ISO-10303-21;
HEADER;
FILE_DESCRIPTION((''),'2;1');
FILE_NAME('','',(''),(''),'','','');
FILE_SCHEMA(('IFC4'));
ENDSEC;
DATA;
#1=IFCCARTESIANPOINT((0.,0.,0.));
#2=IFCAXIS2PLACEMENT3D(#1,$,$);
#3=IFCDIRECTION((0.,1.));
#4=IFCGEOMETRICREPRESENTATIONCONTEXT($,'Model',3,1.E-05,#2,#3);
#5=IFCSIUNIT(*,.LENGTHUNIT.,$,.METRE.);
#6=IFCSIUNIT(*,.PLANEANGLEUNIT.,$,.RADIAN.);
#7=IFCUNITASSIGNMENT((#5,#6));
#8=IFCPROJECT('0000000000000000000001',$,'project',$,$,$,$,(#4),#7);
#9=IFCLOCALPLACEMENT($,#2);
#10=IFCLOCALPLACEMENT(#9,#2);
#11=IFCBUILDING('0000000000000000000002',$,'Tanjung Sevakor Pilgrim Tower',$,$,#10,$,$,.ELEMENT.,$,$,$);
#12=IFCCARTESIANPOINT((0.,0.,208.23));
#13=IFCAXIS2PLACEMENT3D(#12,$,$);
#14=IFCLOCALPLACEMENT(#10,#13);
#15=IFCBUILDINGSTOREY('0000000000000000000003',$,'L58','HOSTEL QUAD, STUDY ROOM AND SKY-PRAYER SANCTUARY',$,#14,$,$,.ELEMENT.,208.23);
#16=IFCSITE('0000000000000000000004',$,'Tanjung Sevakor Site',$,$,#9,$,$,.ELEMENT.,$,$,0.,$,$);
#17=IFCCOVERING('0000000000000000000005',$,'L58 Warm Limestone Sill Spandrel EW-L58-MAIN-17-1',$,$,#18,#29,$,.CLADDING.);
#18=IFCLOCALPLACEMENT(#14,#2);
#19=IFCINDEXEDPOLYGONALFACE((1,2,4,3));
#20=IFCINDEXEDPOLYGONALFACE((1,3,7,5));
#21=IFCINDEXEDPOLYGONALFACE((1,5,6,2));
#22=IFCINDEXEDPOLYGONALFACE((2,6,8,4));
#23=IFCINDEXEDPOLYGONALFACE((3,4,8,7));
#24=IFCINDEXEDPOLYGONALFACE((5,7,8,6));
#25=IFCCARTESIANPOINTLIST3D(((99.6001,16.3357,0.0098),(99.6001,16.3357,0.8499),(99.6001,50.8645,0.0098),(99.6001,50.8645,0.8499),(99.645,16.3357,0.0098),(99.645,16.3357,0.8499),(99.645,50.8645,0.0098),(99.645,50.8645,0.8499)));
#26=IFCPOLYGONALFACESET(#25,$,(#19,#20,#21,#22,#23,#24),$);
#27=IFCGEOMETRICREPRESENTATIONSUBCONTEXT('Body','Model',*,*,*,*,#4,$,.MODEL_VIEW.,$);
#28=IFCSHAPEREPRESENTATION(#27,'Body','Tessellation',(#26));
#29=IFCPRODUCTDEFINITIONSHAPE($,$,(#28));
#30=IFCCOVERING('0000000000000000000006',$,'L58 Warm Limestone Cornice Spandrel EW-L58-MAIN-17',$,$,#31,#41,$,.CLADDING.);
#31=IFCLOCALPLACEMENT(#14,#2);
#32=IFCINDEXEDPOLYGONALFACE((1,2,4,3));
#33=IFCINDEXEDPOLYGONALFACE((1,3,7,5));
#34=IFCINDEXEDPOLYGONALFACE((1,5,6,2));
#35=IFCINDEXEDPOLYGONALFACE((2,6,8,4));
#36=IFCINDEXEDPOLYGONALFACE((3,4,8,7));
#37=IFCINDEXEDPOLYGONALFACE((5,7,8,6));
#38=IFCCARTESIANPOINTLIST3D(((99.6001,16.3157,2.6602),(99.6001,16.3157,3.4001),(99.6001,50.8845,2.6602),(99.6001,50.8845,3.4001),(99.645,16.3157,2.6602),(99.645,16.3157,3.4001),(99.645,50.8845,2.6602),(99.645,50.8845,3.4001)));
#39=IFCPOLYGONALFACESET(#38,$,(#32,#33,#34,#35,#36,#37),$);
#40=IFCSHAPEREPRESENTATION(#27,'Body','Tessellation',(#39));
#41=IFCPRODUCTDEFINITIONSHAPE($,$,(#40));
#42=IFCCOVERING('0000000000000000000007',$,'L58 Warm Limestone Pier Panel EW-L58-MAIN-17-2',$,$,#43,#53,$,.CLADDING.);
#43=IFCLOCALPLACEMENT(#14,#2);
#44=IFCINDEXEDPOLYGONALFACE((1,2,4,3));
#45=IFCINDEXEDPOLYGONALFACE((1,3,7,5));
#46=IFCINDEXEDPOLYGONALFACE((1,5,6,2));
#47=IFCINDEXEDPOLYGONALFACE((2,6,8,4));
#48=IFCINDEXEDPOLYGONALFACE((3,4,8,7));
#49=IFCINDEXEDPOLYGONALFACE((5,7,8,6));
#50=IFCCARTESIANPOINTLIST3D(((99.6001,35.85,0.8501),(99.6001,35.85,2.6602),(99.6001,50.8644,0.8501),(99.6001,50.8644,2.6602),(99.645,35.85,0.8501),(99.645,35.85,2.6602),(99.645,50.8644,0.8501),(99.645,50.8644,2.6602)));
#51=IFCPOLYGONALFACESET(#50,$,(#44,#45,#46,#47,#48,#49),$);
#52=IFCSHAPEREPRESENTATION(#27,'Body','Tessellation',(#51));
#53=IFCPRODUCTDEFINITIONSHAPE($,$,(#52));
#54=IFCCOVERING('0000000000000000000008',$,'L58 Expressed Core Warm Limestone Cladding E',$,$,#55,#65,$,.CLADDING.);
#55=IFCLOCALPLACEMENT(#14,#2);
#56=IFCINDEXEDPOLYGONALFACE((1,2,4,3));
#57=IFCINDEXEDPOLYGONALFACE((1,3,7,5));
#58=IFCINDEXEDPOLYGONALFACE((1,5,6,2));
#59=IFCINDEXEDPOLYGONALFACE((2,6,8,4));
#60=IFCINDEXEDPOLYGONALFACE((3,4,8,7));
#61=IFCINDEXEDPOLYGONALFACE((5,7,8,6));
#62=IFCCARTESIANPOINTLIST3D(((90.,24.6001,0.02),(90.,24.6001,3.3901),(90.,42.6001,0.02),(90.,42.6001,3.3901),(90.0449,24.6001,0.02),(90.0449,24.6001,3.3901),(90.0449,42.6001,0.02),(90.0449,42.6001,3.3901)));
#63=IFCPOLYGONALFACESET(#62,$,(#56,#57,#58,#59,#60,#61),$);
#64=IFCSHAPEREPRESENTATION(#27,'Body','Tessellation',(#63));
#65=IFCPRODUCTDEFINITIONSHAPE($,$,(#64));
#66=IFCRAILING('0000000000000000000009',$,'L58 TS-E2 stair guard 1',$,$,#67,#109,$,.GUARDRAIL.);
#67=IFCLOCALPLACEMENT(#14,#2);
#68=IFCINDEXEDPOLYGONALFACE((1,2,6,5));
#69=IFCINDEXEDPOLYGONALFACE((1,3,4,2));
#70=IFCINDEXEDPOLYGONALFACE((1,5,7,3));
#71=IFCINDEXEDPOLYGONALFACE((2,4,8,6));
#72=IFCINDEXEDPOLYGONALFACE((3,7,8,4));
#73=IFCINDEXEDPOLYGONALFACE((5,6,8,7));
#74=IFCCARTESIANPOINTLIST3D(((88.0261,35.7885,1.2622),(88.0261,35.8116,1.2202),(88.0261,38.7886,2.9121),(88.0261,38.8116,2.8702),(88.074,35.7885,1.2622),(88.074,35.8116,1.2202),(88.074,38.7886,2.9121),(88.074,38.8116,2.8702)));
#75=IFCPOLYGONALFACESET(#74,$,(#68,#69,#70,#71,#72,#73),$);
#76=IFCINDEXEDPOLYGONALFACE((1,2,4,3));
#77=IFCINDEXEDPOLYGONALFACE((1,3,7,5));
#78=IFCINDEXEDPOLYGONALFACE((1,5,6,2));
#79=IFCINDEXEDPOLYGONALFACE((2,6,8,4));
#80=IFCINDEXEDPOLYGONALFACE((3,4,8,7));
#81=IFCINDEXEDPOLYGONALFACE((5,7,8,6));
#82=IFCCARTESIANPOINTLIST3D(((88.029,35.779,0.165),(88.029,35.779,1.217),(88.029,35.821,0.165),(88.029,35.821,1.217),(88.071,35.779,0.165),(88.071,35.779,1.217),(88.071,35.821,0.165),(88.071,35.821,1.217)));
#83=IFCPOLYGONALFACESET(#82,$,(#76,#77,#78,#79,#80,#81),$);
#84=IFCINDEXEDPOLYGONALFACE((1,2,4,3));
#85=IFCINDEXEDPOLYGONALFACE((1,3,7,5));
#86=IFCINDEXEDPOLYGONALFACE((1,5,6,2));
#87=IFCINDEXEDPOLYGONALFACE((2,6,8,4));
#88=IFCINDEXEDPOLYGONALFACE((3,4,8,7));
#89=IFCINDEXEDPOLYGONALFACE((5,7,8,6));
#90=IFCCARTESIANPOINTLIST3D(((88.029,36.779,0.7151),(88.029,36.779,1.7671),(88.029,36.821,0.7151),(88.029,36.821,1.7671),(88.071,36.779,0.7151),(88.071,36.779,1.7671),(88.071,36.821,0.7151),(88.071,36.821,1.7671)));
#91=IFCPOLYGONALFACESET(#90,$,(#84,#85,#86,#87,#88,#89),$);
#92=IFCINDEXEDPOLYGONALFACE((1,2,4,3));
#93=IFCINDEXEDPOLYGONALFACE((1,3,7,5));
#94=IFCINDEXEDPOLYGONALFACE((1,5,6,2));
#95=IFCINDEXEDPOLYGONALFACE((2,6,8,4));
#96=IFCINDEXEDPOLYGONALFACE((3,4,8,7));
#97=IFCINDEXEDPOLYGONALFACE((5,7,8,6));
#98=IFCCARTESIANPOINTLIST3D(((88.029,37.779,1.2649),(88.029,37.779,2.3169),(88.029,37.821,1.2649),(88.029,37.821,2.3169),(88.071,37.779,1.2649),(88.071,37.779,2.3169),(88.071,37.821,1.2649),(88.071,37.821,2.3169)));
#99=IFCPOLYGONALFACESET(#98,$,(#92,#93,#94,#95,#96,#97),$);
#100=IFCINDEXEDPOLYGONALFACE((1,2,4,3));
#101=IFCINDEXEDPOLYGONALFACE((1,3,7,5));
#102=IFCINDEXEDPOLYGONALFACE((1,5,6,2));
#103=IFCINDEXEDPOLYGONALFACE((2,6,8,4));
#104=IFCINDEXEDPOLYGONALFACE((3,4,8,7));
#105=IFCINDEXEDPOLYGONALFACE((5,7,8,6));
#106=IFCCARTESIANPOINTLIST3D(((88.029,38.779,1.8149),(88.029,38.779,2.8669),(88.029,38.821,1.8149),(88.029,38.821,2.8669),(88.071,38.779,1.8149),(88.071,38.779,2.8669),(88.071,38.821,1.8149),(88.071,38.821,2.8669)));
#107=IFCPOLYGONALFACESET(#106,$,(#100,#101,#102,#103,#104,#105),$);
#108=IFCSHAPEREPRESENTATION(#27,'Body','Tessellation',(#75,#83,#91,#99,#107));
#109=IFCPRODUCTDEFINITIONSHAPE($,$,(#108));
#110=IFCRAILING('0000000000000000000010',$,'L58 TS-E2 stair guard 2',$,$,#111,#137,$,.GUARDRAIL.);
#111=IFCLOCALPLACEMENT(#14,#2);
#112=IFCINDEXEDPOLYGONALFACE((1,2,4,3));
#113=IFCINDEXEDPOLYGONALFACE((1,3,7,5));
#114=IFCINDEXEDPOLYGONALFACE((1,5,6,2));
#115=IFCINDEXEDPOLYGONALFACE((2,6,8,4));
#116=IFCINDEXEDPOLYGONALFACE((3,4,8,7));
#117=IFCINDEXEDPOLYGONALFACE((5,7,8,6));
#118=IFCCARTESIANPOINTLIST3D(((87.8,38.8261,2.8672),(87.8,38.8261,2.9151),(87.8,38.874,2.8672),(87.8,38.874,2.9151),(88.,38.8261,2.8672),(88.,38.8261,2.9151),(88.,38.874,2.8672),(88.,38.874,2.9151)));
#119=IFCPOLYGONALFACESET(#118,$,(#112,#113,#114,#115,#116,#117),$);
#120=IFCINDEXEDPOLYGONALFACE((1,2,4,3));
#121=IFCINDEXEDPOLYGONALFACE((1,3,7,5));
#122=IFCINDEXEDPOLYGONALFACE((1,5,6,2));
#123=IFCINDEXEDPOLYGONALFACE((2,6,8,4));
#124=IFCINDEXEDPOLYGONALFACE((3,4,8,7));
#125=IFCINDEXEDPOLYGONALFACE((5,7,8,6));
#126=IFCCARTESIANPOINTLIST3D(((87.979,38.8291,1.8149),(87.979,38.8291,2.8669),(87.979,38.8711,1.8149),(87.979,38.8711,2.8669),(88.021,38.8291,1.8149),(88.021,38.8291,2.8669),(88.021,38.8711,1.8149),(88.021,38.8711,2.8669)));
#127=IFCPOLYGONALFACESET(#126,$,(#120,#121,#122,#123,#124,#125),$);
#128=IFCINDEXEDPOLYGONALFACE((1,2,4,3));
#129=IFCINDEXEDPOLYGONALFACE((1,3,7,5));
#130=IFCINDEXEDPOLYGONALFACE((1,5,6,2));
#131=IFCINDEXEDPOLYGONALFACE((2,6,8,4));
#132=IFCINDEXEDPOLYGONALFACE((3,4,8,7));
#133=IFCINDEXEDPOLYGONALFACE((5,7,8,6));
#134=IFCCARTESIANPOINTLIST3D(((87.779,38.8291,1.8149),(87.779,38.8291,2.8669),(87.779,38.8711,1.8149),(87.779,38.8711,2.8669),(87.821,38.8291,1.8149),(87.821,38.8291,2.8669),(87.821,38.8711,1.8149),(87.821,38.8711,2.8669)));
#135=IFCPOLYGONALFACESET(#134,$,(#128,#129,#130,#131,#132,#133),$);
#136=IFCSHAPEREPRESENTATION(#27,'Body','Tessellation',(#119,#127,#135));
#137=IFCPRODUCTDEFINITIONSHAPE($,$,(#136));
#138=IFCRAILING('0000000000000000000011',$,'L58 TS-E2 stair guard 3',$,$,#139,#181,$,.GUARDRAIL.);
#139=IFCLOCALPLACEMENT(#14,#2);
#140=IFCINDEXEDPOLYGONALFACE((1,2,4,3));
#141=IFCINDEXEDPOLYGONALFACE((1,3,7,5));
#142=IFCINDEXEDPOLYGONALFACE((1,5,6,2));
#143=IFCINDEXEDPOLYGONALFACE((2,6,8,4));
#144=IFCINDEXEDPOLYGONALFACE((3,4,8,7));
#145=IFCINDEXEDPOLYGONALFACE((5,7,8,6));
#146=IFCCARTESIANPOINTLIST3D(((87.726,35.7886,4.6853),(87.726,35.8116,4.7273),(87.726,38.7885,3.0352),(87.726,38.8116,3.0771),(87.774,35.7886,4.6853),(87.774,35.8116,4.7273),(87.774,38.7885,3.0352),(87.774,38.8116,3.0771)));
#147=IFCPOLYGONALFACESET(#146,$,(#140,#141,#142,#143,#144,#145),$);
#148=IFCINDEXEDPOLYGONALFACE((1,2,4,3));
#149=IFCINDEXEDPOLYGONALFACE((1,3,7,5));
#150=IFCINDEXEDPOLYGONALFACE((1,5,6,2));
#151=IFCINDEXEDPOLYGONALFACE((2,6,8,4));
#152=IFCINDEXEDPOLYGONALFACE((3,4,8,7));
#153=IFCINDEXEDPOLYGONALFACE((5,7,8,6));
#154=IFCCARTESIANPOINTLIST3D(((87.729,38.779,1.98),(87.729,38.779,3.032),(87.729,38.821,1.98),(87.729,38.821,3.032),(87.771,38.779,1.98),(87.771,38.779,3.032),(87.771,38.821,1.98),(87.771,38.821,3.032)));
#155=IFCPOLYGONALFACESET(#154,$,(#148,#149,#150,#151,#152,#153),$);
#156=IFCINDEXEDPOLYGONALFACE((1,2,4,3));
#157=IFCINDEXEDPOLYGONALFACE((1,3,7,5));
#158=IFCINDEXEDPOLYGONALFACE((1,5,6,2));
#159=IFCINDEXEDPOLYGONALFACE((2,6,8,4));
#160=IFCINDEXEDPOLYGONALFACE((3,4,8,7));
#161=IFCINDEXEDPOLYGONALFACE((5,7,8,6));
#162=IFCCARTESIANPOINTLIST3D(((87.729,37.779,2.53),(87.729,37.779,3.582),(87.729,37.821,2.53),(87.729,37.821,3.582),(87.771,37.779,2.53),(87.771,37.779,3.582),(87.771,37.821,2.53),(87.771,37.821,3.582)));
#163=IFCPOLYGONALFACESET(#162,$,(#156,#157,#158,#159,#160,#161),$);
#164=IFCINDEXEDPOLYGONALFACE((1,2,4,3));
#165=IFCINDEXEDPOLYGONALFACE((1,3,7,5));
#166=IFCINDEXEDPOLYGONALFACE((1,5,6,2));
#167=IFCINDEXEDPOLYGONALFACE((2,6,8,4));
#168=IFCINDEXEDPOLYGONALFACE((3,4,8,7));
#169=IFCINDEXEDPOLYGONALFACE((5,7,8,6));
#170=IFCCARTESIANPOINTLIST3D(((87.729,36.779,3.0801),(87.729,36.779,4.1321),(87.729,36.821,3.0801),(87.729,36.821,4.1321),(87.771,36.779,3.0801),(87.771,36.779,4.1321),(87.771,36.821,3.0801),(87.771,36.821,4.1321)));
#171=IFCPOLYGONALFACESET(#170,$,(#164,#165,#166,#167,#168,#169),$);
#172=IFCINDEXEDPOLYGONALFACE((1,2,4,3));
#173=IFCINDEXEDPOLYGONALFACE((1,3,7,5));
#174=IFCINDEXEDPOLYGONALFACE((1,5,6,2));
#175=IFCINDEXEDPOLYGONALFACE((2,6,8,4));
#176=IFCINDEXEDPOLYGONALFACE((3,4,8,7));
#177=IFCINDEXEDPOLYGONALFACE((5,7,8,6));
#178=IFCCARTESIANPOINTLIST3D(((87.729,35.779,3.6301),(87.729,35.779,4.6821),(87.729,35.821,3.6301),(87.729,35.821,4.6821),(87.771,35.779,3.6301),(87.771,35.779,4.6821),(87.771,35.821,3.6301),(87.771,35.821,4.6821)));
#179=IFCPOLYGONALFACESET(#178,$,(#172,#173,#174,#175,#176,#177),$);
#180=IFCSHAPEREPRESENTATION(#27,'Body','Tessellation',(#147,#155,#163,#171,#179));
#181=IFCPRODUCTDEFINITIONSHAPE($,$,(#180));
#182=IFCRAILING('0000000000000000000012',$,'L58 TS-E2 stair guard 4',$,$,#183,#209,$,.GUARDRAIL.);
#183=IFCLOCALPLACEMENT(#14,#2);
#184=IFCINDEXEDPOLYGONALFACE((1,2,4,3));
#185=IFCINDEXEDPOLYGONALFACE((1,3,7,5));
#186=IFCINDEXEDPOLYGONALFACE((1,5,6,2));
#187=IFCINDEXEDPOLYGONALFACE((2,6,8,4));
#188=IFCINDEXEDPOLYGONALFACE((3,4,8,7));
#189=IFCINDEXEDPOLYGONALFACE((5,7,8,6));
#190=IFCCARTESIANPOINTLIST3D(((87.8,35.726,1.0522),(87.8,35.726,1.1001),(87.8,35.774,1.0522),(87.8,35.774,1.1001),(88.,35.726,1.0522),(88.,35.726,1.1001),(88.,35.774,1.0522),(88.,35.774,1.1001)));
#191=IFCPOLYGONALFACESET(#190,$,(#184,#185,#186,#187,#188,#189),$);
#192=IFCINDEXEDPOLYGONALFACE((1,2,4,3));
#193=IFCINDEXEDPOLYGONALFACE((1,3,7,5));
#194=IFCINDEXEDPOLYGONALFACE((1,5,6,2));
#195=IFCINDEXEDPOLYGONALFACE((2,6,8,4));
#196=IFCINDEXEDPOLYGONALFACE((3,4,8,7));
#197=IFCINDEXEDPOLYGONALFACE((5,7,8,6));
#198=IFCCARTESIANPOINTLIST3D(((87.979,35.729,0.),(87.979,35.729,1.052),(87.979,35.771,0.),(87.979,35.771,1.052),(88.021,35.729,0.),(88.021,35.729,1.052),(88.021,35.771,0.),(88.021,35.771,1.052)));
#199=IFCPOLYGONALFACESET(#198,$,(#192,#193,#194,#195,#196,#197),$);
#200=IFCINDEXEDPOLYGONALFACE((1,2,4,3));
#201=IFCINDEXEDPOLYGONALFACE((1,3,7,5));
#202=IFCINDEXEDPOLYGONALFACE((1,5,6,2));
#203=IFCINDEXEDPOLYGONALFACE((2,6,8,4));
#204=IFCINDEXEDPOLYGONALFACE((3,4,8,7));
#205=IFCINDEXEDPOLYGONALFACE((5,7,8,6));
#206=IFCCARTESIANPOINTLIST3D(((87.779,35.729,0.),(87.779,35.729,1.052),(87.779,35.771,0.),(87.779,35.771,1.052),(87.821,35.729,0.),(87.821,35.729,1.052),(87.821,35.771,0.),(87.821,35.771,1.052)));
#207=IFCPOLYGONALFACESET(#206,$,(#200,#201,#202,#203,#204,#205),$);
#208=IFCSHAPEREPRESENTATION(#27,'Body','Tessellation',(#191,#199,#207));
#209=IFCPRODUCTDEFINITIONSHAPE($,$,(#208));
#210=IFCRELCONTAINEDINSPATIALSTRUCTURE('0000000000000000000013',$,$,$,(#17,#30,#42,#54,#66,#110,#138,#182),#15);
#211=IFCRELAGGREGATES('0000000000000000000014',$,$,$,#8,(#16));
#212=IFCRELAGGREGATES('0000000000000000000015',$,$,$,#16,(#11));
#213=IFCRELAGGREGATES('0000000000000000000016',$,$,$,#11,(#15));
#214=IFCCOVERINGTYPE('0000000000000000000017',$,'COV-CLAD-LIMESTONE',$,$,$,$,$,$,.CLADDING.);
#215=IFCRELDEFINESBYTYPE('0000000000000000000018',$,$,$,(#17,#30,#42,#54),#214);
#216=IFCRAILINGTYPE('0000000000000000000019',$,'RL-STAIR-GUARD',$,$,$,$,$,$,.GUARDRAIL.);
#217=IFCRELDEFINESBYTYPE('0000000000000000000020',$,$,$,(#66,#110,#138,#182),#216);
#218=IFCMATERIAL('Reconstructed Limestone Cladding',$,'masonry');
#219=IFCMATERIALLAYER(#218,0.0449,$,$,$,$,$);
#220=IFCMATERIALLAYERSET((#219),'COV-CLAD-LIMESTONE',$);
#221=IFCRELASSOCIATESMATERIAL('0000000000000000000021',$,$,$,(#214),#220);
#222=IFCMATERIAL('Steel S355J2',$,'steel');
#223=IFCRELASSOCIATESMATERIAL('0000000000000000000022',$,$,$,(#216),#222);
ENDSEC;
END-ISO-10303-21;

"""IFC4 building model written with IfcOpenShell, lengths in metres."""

from ifc_helpers import new_model, si_unit, direction, frame, origin, origin_2d, place, context, subcontext, project, spatial, rectangle, extrude, material, layer, layer_set, type_object, element, save


model = new_model("IFC4")

# Units and contexts
model_context = context("Model", 3, precision=1e-05, world=origin(), true_north=direction((0.0, 1.0)))
body_context = subcontext(model_context, "Body", "Model", "MODEL_VIEW")
ifc_project = project(units=[si_unit("LENGTHUNIT", "METRE"), si_unit("PLANEANGLEUNIT", "RADIAN")], contexts=[model_context])

# Site, building, storey
site_placement = place(None, origin())
site = spatial("IfcSite", under=ifc_project, at=site_placement, Name="Tanjung Sevakor Site", CompositionType="ELEMENT", RefElevation=0.0)
building_placement = place(site_placement, origin())
building = spatial("IfcBuilding", under=site, at=building_placement, Name="Tanjung Sevakor Pilgrim Tower", CompositionType="ELEMENT")
storey_placement = place(building_placement, frame((0.0, 0.0, 208.23)))
storey = spatial("IfcBuildingStorey", under=building, at=storey_placement, Name="L58", Description="HOSTEL QUAD, STUDY ROOM AND SKY-PRAYER SANCTUARY", CompositionType="ELEMENT", Elevation=208.23)

# Coverings
ifc_material_1 = material(Name="Reconstructed Limestone Cladding", Category="masonry")
ifc_layer_1 = layer(ifc_material_1, 0.0449)
ifc_layer_set_1 = layer_set([ifc_layer_1], Name="COV-CLAD-LIMESTONE")
covering_type = type_object("IfcCoveringType", Name="COV-CLAD-LIMESTONE", PredefinedType="CLADDING", material=ifc_layer_set_1)
covering_1_placement = place(storey_placement, frame((99.6226, 33.6001, 0.0098), z_axis=(0.0, 0.0, 1.0), x_axis=(0.0, 1.0, 0.0)))
element("IfcCovering", 1, at=covering_1_placement, inside=storey, type_object=covering_type, Name="L58 Warm Limestone Sill Spandrel EW-L58-MAIN-17-1", PredefinedType="CLADDING", context=body_context, shape_type="SweptSolid", body=[
    extrude(rectangle(XDim=34.5288, YDim=0.0449, at=origin_2d()), origin(), (0.0, 0.0, 1.0), 0.8401),
])
covering_2_placement = place(storey_placement, frame((99.6226, 33.6001, 2.6602), z_axis=(0.0, 0.0, 1.0), x_axis=(0.0, 1.0, 0.0)))
element("IfcCovering", 2, at=covering_2_placement, inside=storey, type_object=covering_type, Name="L58 Warm Limestone Cornice Spandrel EW-L58-MAIN-17", PredefinedType="CLADDING", context=body_context, shape_type="SweptSolid", body=[
    extrude(rectangle(XDim=34.5688, YDim=0.0449, at=origin_2d()), origin(), (0.0, 0.0, 1.0), 0.74),
])
covering_3_placement = place(storey_placement, frame((99.6226, 43.3572, 0.8501), z_axis=(0.0, 0.0, 1.0), x_axis=(0.0, 1.0, 0.0)))
element("IfcCovering", 3, at=covering_3_placement, inside=storey, type_object=covering_type, Name="L58 Warm Limestone Pier Panel EW-L58-MAIN-17-2", PredefinedType="CLADDING", context=body_context, shape_type="SweptSolid", body=[
    extrude(rectangle(XDim=15.0144, YDim=0.0449, at=origin_2d()), origin(), (0.0, 0.0, 1.0), 1.8101),
])
covering_4_placement = place(storey_placement, frame((90.0225, 33.6001, 0.02), z_axis=(0.0, 0.0, 1.0), x_axis=(1.0, 0.0, 0.0)))
element("IfcCovering", 4, at=covering_4_placement, inside=storey, type_object=covering_type, Name="L58 Expressed Core Warm Limestone Cladding E", PredefinedType="CLADDING", context=body_context, shape_type="SweptSolid", body=[
    extrude(rectangle(XDim=0.0449, YDim=18.0, at=origin_2d()), origin(), (0.0, 0.0, 1.0), 3.3701),
])

# Railings
ifc_material_2 = material(Name="Steel S355J2", Category="steel")
railing_type_1 = type_object("IfcRailingType", Name="RL-STAIR-GUARD", PredefinedType="GUARDRAIL", material=ifc_material_2)
railing_1_placement = place(storey_placement, frame((88.05, 35.8, 0.165)))
element("IfcRailing", 5, at=railing_1_placement, inside=storey, type_object=railing_type_1, Name="L58 TS-E2 stair guard 1", PredefinedType="GUARDRAIL", context=body_context, shape_type="SweptSolid", body=[
    extrude(rectangle(XDim=0.0479, YDim=0.0479), frame((0.0, 0.0, 1.0762), z_axis=(0.0, 0.876228, 0.481897), x_axis=(-1.0, 0.0, 0.0)), (0.0, 0.0, 1.0), 3.4238),
    extrude(rectangle(XDim=0.042, YDim=0.042), origin(), (0.0, 0.0, 1.0), 1.052),
    extrude(rectangle(XDim=0.042, YDim=0.042), frame((0.0, 1.0, 0.55)), (0.0, 0.0, 1.0), 1.052),
    extrude(rectangle(XDim=0.042, YDim=0.042), frame((0.0, 2.0, 1.0999)), (0.0, 0.0, 1.0), 1.052),
    extrude(rectangle(XDim=0.042, YDim=0.042), frame((0.0, 3.0, 1.6499)), (0.0, 0.0, 1.0), 1.052),
])
railing_2_placement = place(storey_placement, frame((88.0, 38.8501, 1.8149)))
element("IfcRailing", 6, at=railing_2_placement, inside=storey, type_object=railing_type_1, Name="L58 TS-E2 stair guard 2", PredefinedType="GUARDRAIL", context=body_context, shape_type="SweptSolid", body=[
    extrude(rectangle(XDim=0.0479, YDim=0.0479), frame((0.0, 0.0, 1.0762), z_axis=(-1.0, 0.0, 0.0), x_axis=(0.0, -1.0, 0.0)), (0.0, 0.0, 1.0), 0.2),
    extrude(rectangle(XDim=0.042, YDim=0.042), origin(), (0.0, 0.0, 1.0), 1.052),
    extrude(rectangle(XDim=0.042, YDim=0.042), frame((-0.2, 0.0, 0.0)), (0.0, 0.0, 1.0), 1.052),
])
railing_3_placement = place(storey_placement, frame((87.75, 38.8, 1.98)))
element("IfcRailing", 7, at=railing_3_placement, inside=storey, type_object=railing_type_1, Name="L58 TS-E2 stair guard 3", PredefinedType="GUARDRAIL", context=body_context, shape_type="SweptSolid", body=[
    extrude(rectangle(XDim=0.0479, YDim=0.0479), frame((0.0, 0.0, 1.0762), z_axis=(0.0, -0.876198, 0.481952), x_axis=(1.0, 0.0, 0.0)), (0.0, 0.0, 1.0), 3.4238),
    extrude(rectangle(XDim=0.042, YDim=0.042), origin(), (0.0, 0.0, 1.0), 1.052),
    extrude(rectangle(XDim=0.042, YDim=0.042), frame((0.0, -1.0, 0.55)), (0.0, 0.0, 1.0), 1.052),
    extrude(rectangle(XDim=0.042, YDim=0.042), frame((0.0, -2.0, 1.1001)), (0.0, 0.0, 1.0), 1.052),
    extrude(rectangle(XDim=0.042, YDim=0.042), frame((0.0, -3.0, 1.6501)), (0.0, 0.0, 1.0), 1.052),
])
railing_4_placement = place(storey_placement, frame((88.0, 35.75, 0.0)))
element("IfcRailing", 8, at=railing_4_placement, inside=storey, type_object=railing_type_1, Name="L58 TS-E2 stair guard 4", PredefinedType="GUARDRAIL", context=body_context, shape_type="SweptSolid", body=[
    extrude(rectangle(XDim=0.0479, YDim=0.0479), frame((0.0, 0.0, 1.0762), z_axis=(-1.0, 0.0, 0.0), x_axis=(0.0, -1.0, 0.0)), (0.0, 0.0, 1.0), 0.2),
    extrude(rectangle(XDim=0.042, YDim=0.042), origin(), (0.0, 0.0, 1.0), 1.052),
    extrude(rectangle(XDim=0.042, YDim=0.042), frame((-0.2, 0.0, 0.0)), (0.0, 0.0, 1.0), 1.052),
])

save(model, "model.ifc")
